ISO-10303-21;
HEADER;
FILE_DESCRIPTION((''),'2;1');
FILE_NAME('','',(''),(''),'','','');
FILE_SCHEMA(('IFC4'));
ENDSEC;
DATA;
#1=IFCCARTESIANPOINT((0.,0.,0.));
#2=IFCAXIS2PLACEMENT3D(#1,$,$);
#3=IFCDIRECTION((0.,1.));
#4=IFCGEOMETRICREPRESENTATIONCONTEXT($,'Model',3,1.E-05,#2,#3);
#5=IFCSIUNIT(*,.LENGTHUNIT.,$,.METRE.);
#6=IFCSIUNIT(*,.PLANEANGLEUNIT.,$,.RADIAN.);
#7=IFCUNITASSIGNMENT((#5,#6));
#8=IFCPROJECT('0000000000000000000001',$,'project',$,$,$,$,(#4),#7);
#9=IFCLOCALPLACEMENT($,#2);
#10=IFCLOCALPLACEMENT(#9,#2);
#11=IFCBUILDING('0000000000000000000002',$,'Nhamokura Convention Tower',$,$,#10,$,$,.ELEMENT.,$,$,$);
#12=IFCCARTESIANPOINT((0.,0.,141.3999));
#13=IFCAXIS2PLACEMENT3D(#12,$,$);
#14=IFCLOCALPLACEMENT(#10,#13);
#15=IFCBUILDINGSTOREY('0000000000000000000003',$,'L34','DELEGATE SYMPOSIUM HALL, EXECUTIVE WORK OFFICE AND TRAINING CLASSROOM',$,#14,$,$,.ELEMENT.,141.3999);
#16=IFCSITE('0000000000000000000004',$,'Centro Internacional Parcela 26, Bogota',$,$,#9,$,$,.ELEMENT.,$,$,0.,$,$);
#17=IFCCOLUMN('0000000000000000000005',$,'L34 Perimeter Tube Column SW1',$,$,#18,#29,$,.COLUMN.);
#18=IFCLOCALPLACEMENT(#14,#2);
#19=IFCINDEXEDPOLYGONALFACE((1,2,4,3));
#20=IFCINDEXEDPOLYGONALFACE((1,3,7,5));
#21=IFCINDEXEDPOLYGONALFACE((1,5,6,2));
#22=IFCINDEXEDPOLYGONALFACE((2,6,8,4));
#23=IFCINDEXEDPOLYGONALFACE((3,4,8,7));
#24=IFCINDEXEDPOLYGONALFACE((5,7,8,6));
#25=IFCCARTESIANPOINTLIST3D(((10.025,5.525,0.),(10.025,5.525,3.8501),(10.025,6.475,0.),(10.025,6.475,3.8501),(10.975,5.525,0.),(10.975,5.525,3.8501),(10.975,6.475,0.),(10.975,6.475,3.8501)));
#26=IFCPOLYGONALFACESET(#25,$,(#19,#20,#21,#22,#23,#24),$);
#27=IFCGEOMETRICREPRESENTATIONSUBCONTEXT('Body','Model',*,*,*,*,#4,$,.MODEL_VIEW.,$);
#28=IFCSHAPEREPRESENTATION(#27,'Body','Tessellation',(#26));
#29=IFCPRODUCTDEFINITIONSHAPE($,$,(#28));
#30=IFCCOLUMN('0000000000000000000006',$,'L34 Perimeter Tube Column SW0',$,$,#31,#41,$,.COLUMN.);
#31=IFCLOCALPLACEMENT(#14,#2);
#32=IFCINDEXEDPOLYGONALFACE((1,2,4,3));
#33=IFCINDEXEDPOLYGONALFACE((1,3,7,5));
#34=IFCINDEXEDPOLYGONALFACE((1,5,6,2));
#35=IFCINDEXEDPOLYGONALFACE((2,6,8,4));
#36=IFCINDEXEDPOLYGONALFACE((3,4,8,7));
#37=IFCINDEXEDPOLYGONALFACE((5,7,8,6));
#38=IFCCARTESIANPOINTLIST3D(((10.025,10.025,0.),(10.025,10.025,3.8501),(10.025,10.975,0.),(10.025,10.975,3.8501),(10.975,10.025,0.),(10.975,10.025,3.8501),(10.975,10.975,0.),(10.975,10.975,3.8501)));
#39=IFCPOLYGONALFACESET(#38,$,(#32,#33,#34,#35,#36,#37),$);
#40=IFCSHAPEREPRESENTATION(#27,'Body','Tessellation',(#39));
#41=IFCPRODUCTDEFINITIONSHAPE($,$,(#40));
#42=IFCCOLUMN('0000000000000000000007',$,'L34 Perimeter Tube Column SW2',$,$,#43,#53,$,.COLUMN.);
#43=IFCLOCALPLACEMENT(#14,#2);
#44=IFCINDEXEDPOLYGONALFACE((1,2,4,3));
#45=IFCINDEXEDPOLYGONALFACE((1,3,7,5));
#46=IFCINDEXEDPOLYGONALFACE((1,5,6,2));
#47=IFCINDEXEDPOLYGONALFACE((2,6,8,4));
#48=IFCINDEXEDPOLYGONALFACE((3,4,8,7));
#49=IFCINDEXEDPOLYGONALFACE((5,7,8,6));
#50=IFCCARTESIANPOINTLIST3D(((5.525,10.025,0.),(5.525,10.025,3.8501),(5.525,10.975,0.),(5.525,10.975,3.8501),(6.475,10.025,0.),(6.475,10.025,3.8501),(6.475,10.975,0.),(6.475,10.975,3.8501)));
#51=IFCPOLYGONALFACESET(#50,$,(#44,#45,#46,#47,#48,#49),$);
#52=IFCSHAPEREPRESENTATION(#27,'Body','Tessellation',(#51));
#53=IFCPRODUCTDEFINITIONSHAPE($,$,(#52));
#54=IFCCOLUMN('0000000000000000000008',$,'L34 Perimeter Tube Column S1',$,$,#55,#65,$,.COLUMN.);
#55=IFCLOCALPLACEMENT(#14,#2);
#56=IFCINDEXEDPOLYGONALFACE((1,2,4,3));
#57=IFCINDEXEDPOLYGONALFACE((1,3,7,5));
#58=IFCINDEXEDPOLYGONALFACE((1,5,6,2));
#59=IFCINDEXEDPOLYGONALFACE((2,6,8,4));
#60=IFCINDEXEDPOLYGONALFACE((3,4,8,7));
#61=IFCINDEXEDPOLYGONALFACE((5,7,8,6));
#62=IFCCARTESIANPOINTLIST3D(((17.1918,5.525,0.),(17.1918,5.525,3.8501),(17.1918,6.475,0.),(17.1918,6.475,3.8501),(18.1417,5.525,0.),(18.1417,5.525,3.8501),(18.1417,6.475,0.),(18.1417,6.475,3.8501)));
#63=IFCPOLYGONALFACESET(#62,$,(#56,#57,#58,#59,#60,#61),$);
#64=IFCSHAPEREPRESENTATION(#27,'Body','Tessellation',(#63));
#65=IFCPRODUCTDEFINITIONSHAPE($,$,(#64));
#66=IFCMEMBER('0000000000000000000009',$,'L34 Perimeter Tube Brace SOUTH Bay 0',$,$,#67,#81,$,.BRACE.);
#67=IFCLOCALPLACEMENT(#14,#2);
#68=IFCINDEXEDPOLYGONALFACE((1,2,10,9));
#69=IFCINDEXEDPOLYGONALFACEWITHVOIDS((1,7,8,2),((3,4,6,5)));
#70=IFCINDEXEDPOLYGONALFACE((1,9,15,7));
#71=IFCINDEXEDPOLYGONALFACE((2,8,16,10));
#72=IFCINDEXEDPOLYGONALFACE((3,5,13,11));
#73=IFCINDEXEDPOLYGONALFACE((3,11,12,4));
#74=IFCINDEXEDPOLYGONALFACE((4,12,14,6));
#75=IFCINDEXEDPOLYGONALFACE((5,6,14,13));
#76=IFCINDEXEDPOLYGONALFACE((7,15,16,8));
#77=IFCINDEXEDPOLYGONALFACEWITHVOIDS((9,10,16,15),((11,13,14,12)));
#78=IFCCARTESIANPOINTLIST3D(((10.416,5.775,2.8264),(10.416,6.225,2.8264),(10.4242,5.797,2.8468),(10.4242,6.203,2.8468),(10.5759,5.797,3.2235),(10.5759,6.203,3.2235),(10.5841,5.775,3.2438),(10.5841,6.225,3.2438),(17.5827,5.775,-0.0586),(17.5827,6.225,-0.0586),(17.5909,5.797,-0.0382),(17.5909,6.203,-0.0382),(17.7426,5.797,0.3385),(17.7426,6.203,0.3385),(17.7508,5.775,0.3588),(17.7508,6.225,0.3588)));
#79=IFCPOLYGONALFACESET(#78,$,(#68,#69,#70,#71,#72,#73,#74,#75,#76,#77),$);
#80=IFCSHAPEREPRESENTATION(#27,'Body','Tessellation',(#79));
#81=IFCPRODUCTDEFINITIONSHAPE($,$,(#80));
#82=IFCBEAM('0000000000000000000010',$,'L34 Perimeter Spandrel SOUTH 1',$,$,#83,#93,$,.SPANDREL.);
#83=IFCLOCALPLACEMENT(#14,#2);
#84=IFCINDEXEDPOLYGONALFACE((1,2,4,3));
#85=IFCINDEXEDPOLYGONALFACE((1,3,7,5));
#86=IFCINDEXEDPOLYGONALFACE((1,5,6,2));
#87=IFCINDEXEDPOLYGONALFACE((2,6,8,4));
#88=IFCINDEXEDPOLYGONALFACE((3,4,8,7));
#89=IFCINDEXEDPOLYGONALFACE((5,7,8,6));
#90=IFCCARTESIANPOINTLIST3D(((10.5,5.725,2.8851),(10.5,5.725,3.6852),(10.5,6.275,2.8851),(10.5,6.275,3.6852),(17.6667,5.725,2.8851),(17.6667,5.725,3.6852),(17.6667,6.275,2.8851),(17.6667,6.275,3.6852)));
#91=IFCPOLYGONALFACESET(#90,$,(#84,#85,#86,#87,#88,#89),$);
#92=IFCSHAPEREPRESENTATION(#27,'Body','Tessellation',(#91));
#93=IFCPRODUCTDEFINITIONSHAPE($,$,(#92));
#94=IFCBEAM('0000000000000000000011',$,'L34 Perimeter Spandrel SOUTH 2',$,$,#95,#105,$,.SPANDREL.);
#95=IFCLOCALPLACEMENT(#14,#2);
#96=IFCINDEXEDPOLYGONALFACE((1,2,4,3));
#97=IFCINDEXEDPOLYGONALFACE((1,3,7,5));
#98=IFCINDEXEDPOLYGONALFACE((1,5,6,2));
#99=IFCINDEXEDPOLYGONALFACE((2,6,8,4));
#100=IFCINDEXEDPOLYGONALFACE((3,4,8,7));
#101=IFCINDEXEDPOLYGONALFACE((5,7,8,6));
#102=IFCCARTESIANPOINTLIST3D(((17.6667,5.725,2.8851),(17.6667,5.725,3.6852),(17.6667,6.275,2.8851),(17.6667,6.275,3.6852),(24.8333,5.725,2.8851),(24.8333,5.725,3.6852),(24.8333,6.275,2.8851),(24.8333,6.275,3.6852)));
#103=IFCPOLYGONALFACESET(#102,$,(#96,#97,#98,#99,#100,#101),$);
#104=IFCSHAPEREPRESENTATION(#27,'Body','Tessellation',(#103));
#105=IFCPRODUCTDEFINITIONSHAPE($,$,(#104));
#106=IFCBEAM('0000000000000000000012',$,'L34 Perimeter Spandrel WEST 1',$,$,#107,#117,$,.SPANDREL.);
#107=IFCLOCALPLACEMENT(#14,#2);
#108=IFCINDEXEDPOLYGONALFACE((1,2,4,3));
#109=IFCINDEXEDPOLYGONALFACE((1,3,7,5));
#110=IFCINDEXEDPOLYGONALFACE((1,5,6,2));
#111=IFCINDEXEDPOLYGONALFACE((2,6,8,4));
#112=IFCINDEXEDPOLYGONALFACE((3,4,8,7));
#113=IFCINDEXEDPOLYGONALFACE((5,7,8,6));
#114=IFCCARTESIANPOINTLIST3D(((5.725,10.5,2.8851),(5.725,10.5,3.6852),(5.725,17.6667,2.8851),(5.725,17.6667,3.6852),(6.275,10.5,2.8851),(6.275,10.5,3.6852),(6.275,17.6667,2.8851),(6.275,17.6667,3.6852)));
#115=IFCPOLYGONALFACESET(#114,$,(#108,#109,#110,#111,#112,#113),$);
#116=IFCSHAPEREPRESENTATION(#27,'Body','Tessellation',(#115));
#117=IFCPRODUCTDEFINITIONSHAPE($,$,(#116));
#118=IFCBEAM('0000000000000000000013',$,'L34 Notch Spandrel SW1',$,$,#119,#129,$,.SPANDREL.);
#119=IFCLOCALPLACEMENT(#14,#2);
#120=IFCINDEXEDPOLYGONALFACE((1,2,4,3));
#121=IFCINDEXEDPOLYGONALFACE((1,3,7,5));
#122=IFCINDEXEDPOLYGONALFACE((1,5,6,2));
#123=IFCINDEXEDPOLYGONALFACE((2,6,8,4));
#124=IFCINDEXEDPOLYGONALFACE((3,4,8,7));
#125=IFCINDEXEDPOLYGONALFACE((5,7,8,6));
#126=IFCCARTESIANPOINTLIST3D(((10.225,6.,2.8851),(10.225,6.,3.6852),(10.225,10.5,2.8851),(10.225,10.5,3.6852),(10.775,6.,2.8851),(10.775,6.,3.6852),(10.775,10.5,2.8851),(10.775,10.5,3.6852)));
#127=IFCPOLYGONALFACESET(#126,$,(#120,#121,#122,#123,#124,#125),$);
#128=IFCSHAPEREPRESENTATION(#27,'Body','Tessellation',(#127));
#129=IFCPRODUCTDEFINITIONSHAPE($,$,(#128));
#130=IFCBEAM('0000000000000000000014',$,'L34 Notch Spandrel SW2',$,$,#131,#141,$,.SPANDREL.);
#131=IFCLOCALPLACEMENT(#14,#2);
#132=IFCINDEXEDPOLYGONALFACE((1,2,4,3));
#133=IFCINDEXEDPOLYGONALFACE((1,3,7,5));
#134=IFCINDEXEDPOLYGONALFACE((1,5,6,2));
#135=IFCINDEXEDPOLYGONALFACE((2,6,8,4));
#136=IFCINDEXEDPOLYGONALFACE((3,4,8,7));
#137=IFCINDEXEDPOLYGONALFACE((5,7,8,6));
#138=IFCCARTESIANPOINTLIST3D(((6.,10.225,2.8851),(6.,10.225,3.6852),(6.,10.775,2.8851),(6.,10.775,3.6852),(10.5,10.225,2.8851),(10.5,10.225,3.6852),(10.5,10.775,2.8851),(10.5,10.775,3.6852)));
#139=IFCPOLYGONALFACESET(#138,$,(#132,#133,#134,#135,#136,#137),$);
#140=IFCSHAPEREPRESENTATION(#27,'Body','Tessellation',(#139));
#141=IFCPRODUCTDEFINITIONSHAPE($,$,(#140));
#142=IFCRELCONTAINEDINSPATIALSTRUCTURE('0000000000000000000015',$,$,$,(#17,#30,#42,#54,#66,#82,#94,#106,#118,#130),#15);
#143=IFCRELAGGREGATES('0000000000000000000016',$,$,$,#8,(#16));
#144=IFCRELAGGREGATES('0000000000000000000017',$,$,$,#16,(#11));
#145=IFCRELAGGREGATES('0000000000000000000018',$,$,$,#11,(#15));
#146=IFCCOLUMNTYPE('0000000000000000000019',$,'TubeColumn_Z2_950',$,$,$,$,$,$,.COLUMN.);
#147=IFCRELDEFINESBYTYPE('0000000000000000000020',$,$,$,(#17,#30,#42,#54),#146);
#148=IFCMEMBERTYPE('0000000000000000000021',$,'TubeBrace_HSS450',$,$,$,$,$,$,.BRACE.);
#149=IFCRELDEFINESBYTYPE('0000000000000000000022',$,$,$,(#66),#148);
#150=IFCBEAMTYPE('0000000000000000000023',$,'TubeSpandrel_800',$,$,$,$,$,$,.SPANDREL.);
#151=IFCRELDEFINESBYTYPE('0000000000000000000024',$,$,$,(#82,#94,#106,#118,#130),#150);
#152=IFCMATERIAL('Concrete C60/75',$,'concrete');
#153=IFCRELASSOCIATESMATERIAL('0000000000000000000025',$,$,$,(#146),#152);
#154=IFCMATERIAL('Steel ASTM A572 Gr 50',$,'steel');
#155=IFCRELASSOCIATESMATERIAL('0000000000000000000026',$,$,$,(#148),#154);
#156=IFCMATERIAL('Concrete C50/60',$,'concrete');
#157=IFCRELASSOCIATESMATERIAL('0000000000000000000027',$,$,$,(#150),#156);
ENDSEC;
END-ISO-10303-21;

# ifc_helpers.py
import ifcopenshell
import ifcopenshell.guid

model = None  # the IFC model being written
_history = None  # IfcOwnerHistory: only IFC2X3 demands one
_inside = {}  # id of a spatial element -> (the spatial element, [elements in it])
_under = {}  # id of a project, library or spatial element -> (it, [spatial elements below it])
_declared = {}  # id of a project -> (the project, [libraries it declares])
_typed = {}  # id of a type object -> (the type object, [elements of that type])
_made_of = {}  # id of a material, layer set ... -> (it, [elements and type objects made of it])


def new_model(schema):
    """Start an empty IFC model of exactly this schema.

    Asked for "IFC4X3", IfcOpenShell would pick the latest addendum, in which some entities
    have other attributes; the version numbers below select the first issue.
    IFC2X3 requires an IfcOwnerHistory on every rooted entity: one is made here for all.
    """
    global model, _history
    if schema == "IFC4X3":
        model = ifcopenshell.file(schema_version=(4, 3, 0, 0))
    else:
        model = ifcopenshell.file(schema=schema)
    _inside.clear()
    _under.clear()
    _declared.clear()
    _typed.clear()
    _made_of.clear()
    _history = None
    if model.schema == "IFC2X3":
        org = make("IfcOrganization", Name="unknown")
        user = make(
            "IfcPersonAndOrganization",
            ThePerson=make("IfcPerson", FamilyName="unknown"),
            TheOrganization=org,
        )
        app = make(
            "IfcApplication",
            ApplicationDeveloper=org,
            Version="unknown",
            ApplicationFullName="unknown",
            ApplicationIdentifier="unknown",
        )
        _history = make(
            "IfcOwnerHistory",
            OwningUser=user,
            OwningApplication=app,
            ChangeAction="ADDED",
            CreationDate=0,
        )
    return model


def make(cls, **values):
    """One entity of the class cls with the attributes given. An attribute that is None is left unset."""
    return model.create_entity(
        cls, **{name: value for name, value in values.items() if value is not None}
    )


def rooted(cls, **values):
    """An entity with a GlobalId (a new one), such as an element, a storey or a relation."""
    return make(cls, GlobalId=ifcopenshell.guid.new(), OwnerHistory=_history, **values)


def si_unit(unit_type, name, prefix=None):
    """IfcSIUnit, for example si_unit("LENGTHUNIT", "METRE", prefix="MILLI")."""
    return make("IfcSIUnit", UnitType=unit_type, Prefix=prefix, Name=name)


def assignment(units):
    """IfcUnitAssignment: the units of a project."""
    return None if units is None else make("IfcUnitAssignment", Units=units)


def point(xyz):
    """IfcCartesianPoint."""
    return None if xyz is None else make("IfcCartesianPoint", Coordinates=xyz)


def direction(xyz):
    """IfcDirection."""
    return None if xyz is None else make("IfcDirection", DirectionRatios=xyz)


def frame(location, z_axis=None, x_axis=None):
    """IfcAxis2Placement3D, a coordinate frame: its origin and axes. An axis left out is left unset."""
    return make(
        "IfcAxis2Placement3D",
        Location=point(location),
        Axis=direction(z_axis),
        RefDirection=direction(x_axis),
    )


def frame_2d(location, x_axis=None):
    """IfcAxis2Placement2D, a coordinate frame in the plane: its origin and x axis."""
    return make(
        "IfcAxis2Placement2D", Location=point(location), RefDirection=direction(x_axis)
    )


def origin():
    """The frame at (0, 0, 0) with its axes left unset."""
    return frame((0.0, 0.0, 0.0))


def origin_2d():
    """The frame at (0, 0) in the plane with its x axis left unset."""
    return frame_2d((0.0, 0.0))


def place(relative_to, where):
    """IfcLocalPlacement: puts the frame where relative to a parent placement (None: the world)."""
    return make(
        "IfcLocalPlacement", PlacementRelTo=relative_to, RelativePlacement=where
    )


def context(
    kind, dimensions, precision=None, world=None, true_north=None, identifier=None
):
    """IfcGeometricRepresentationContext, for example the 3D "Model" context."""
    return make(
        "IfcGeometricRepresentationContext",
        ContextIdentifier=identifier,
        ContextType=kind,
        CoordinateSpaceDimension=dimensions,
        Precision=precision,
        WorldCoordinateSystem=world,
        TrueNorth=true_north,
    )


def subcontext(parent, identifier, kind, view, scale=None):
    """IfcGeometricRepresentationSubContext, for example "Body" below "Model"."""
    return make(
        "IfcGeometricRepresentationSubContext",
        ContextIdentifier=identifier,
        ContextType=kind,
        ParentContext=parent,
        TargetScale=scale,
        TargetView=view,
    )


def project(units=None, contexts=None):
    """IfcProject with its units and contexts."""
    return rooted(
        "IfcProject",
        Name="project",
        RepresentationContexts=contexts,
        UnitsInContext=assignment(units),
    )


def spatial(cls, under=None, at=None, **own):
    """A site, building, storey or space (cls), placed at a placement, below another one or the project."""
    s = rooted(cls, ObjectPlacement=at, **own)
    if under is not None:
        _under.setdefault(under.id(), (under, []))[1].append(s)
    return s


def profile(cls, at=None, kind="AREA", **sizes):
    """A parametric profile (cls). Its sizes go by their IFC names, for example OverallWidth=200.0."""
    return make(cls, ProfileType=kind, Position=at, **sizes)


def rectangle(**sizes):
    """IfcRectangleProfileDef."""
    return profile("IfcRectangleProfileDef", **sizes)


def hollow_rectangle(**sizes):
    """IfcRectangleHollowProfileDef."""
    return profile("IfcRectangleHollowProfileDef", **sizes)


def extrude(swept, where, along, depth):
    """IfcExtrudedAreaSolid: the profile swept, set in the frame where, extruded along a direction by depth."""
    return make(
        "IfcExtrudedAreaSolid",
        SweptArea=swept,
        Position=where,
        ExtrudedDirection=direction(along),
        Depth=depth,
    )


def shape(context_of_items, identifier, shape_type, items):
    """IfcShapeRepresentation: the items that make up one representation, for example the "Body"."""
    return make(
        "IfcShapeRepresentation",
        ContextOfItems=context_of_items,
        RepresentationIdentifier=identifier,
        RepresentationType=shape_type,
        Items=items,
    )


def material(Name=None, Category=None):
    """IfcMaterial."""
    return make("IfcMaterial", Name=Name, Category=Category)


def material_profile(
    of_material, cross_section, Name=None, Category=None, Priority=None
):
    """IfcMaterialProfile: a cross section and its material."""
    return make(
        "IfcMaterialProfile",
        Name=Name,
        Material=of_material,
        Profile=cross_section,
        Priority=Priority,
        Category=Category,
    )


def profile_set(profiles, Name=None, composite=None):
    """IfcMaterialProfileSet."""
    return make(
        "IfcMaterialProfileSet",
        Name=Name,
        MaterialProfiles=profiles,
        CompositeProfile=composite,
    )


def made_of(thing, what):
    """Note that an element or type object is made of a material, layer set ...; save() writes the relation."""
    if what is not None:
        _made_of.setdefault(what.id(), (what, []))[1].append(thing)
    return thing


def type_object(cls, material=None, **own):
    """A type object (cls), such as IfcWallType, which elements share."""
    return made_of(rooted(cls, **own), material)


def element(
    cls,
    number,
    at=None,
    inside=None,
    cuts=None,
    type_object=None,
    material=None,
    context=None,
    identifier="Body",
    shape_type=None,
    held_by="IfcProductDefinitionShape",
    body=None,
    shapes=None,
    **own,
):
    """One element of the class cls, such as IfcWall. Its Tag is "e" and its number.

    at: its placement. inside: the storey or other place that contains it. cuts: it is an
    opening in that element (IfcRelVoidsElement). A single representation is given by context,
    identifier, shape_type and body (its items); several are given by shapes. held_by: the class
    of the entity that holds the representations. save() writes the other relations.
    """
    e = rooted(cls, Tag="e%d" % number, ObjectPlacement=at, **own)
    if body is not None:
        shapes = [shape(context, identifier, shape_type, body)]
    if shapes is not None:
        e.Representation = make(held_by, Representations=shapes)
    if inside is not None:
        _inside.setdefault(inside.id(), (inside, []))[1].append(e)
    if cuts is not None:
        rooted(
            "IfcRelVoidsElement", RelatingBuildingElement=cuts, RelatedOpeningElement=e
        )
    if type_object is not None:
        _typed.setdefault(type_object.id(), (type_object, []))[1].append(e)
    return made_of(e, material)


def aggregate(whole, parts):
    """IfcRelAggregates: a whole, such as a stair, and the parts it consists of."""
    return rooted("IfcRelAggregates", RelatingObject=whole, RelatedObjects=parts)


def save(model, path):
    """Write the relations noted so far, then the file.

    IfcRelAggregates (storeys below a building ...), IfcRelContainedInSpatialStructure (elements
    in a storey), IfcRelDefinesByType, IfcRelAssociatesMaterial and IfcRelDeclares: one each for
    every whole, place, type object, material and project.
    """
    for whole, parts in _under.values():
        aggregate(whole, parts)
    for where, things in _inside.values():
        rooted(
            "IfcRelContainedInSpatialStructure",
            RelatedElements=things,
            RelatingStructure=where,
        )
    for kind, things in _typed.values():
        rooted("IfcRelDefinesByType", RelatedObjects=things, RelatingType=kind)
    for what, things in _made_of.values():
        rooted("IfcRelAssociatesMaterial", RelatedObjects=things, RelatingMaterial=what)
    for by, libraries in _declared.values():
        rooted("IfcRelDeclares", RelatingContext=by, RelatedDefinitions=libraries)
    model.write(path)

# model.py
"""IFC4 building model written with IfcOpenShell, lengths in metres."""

from ifc_helpers import new_model, si_unit, direction, frame, origin, origin_2d, place, context, subcontext, project, spatial, rectangle, hollow_rectangle, extrude, material, material_profile, profile_set, type_object, element, save


model = new_model("IFC4")

# Units and contexts
model_context = context("Model", 3, precision=1e-05, world=origin(), true_north=direction((0.0, 1.0)))
body_context = subcontext(model_context, "Body", "Model", "MODEL_VIEW")
ifc_project = project(units=[si_unit("LENGTHUNIT", "METRE"), si_unit("PLANEANGLEUNIT", "RADIAN")], contexts=[model_context])

# Site, building, storey
site_placement = place(None, origin())
site = spatial("IfcSite", under=ifc_project, at=site_placement, Name="Centro Internacional Parcela 26, Bogota", CompositionType="ELEMENT", RefElevation=0.0)
building_placement = place(site_placement, origin())
building = spatial("IfcBuilding", under=site, at=building_placement, Name="Nhamokura Convention Tower", CompositionType="ELEMENT")
storey_placement = place(building_placement, frame((0.0, 0.0, 141.3999)))
storey = spatial("IfcBuildingStorey", under=building, at=storey_placement, Name="L34", Description="DELEGATE SYMPOSIUM HALL, EXECUTIVE WORK OFFICE AND TRAINING CLASSROOM", CompositionType="ELEMENT", Elevation=141.3999)

# Columns
ifc_material_1 = material(Name="Concrete C60/75", Category="concrete")
ifc_material_profile_1 = material_profile(ifc_material_1, rectangle(XDim=0.95, YDim=0.95, at=origin_2d()))
ifc_profile_set_1 = profile_set([ifc_material_profile_1], Name="Concrete C60/75")
column_type = type_object("IfcColumnType", Name="TubeColumn_Z2_950", PredefinedType="COLUMN", material=ifc_profile_set_1)
for number, where, z_axis, x_axis, name in (
    (1, (10.5, 6.0, 0.0), (0.0, 0.0, 1.0), (1.0, 0.0, 0.0), "L34 Perimeter Tube Column SW1"),
    (2, (10.5, 10.5, 0.0), (0.0, 0.0, 1.0), (1.0, 0.0, 0.0), "L34 Perimeter Tube Column SW0"),
    (3, (6.0, 10.5, 0.0), (0.0, 0.0, 1.0), (1.0, 0.0, 0.0), "L34 Perimeter Tube Column SW2"),
    (4, (17.6667, 6.0, 0.0), (0.0, 0.0, 1.0), (1.0, 0.0, 0.0), "L34 Perimeter Tube Column S1"),
):
    element("IfcColumn", number, at=place(storey_placement, frame(where, z_axis=z_axis, x_axis=x_axis)), inside=storey, type_object=column_type, Name=name, PredefinedType="COLUMN", context=body_context, shape_type="SweptSolid", body=[
        extrude(rectangle(XDim=0.95, YDim=0.95, at=origin_2d()), origin(), (0.0, 0.0, 1.0), 3.8501),
    ])

# Member
ifc_material_2 = material(Name="Steel ASTM A572 Gr 50", Category="steel")
ifc_material_profile_2 = material_profile(ifc_material_2, hollow_rectangle(XDim=0.45, YDim=0.45, WallThickness=0.022, at=origin_2d()))
ifc_profile_set_2 = profile_set([ifc_material_profile_2], Name="Steel ASTM A572 Gr 50")
member_type = type_object("IfcMemberType", Name="TubeBrace_HSS450", PredefinedType="BRACE", material=ifc_profile_set_2)
member_placement = place(storey_placement, frame((17.6667, 6.0, 0.1501), z_axis=(-0.927657, 0.0, 0.373433), x_axis=(0.0, -1.0, 0.0)))
element("IfcMember", 5, at=member_placement, inside=storey, type_object=member_type, Name="L34 Perimeter Tube Brace SOUTH Bay 0", PredefinedType="BRACE", context=body_context, shape_type="SweptSolid", body=[
    extrude(hollow_rectangle(XDim=0.45, YDim=0.45, WallThickness=0.022, at=origin_2d()), origin(), (0.0, 0.0, 1.0), 7.7256),
])

# Beams
ifc_material_3 = material(Name="Concrete C50/60", Category="concrete")
ifc_material_profile_3 = material_profile(ifc_material_3, rectangle(XDim=0.55, YDim=0.8, at=origin_2d()))
ifc_profile_set_3 = profile_set([ifc_material_profile_3], Name="Concrete C50/60")
beam_type = type_object("IfcBeamType", Name="TubeSpandrel_800", PredefinedType="SPANDREL", material=ifc_profile_set_3)
beam_1_placement = place(storey_placement, frame((10.5, 6.0, 3.2852), z_axis=(1.0, 0.0, 0.0), x_axis=(0.0, 1.0, 0.0)))
element("IfcBeam", 6, at=beam_1_placement, inside=storey, type_object=beam_type, Name="L34 Perimeter Spandrel SOUTH 1", PredefinedType="SPANDREL", context=body_context, shape_type="SweptSolid", body=[
    extrude(rectangle(XDim=0.55, YDim=0.8, at=origin_2d()), origin(), (0.0, 0.0, 1.0), 7.1667),
])
beam_2_placement = place(storey_placement, frame((17.6667, 6.0, 3.2852), z_axis=(1.0, 0.0, 0.0), x_axis=(0.0, 1.0, 0.0)))
element("IfcBeam", 7, at=beam_2_placement, inside=storey, type_object=beam_type, Name="L34 Perimeter Spandrel SOUTH 2", PredefinedType="SPANDREL", context=body_context, shape_type="SweptSolid", body=[
    extrude(rectangle(XDim=0.55, YDim=0.8, at=origin_2d()), origin(), (0.0, 0.0, 1.0), 7.1665),
])
beam_3_placement = place(storey_placement, frame((6.0, 10.5, 3.2852), z_axis=(0.0, 1.0, 0.0), x_axis=(-1.0, 0.0, 0.0)))
element("IfcBeam", 8, at=beam_3_placement, inside=storey, type_object=beam_type, Name="L34 Perimeter Spandrel WEST 1", PredefinedType="SPANDREL", context=body_context, shape_type="SweptSolid", body=[
    extrude(rectangle(XDim=0.55, YDim=0.8, at=origin_2d()), origin(), (0.0, 0.0, 1.0), 7.1667),
])
for number, where, z_axis, x_axis, name in (
    (9, (10.5, 6.0, 3.2852), (0.0, 1.0, 0.0), (-1.0, 0.0, 0.0), "L34 Notch Spandrel SW1"),
    (10, (10.5, 10.5, 3.2852), (-1.0, 0.0, 0.0), (0.0, -1.0, 0.0), "L34 Notch Spandrel SW2"),
):
    element("IfcBeam", number, at=place(storey_placement, frame(where, z_axis=z_axis, x_axis=x_axis)), inside=storey, type_object=beam_type, Name=name, PredefinedType="SPANDREL", context=body_context, shape_type="SweptSolid", body=[
        extrude(rectangle(XDim=0.55, YDim=0.8, at=origin_2d()), origin(), (0.0, 0.0, 1.0), 4.5),
    ])

save(model, "model.ifc")
